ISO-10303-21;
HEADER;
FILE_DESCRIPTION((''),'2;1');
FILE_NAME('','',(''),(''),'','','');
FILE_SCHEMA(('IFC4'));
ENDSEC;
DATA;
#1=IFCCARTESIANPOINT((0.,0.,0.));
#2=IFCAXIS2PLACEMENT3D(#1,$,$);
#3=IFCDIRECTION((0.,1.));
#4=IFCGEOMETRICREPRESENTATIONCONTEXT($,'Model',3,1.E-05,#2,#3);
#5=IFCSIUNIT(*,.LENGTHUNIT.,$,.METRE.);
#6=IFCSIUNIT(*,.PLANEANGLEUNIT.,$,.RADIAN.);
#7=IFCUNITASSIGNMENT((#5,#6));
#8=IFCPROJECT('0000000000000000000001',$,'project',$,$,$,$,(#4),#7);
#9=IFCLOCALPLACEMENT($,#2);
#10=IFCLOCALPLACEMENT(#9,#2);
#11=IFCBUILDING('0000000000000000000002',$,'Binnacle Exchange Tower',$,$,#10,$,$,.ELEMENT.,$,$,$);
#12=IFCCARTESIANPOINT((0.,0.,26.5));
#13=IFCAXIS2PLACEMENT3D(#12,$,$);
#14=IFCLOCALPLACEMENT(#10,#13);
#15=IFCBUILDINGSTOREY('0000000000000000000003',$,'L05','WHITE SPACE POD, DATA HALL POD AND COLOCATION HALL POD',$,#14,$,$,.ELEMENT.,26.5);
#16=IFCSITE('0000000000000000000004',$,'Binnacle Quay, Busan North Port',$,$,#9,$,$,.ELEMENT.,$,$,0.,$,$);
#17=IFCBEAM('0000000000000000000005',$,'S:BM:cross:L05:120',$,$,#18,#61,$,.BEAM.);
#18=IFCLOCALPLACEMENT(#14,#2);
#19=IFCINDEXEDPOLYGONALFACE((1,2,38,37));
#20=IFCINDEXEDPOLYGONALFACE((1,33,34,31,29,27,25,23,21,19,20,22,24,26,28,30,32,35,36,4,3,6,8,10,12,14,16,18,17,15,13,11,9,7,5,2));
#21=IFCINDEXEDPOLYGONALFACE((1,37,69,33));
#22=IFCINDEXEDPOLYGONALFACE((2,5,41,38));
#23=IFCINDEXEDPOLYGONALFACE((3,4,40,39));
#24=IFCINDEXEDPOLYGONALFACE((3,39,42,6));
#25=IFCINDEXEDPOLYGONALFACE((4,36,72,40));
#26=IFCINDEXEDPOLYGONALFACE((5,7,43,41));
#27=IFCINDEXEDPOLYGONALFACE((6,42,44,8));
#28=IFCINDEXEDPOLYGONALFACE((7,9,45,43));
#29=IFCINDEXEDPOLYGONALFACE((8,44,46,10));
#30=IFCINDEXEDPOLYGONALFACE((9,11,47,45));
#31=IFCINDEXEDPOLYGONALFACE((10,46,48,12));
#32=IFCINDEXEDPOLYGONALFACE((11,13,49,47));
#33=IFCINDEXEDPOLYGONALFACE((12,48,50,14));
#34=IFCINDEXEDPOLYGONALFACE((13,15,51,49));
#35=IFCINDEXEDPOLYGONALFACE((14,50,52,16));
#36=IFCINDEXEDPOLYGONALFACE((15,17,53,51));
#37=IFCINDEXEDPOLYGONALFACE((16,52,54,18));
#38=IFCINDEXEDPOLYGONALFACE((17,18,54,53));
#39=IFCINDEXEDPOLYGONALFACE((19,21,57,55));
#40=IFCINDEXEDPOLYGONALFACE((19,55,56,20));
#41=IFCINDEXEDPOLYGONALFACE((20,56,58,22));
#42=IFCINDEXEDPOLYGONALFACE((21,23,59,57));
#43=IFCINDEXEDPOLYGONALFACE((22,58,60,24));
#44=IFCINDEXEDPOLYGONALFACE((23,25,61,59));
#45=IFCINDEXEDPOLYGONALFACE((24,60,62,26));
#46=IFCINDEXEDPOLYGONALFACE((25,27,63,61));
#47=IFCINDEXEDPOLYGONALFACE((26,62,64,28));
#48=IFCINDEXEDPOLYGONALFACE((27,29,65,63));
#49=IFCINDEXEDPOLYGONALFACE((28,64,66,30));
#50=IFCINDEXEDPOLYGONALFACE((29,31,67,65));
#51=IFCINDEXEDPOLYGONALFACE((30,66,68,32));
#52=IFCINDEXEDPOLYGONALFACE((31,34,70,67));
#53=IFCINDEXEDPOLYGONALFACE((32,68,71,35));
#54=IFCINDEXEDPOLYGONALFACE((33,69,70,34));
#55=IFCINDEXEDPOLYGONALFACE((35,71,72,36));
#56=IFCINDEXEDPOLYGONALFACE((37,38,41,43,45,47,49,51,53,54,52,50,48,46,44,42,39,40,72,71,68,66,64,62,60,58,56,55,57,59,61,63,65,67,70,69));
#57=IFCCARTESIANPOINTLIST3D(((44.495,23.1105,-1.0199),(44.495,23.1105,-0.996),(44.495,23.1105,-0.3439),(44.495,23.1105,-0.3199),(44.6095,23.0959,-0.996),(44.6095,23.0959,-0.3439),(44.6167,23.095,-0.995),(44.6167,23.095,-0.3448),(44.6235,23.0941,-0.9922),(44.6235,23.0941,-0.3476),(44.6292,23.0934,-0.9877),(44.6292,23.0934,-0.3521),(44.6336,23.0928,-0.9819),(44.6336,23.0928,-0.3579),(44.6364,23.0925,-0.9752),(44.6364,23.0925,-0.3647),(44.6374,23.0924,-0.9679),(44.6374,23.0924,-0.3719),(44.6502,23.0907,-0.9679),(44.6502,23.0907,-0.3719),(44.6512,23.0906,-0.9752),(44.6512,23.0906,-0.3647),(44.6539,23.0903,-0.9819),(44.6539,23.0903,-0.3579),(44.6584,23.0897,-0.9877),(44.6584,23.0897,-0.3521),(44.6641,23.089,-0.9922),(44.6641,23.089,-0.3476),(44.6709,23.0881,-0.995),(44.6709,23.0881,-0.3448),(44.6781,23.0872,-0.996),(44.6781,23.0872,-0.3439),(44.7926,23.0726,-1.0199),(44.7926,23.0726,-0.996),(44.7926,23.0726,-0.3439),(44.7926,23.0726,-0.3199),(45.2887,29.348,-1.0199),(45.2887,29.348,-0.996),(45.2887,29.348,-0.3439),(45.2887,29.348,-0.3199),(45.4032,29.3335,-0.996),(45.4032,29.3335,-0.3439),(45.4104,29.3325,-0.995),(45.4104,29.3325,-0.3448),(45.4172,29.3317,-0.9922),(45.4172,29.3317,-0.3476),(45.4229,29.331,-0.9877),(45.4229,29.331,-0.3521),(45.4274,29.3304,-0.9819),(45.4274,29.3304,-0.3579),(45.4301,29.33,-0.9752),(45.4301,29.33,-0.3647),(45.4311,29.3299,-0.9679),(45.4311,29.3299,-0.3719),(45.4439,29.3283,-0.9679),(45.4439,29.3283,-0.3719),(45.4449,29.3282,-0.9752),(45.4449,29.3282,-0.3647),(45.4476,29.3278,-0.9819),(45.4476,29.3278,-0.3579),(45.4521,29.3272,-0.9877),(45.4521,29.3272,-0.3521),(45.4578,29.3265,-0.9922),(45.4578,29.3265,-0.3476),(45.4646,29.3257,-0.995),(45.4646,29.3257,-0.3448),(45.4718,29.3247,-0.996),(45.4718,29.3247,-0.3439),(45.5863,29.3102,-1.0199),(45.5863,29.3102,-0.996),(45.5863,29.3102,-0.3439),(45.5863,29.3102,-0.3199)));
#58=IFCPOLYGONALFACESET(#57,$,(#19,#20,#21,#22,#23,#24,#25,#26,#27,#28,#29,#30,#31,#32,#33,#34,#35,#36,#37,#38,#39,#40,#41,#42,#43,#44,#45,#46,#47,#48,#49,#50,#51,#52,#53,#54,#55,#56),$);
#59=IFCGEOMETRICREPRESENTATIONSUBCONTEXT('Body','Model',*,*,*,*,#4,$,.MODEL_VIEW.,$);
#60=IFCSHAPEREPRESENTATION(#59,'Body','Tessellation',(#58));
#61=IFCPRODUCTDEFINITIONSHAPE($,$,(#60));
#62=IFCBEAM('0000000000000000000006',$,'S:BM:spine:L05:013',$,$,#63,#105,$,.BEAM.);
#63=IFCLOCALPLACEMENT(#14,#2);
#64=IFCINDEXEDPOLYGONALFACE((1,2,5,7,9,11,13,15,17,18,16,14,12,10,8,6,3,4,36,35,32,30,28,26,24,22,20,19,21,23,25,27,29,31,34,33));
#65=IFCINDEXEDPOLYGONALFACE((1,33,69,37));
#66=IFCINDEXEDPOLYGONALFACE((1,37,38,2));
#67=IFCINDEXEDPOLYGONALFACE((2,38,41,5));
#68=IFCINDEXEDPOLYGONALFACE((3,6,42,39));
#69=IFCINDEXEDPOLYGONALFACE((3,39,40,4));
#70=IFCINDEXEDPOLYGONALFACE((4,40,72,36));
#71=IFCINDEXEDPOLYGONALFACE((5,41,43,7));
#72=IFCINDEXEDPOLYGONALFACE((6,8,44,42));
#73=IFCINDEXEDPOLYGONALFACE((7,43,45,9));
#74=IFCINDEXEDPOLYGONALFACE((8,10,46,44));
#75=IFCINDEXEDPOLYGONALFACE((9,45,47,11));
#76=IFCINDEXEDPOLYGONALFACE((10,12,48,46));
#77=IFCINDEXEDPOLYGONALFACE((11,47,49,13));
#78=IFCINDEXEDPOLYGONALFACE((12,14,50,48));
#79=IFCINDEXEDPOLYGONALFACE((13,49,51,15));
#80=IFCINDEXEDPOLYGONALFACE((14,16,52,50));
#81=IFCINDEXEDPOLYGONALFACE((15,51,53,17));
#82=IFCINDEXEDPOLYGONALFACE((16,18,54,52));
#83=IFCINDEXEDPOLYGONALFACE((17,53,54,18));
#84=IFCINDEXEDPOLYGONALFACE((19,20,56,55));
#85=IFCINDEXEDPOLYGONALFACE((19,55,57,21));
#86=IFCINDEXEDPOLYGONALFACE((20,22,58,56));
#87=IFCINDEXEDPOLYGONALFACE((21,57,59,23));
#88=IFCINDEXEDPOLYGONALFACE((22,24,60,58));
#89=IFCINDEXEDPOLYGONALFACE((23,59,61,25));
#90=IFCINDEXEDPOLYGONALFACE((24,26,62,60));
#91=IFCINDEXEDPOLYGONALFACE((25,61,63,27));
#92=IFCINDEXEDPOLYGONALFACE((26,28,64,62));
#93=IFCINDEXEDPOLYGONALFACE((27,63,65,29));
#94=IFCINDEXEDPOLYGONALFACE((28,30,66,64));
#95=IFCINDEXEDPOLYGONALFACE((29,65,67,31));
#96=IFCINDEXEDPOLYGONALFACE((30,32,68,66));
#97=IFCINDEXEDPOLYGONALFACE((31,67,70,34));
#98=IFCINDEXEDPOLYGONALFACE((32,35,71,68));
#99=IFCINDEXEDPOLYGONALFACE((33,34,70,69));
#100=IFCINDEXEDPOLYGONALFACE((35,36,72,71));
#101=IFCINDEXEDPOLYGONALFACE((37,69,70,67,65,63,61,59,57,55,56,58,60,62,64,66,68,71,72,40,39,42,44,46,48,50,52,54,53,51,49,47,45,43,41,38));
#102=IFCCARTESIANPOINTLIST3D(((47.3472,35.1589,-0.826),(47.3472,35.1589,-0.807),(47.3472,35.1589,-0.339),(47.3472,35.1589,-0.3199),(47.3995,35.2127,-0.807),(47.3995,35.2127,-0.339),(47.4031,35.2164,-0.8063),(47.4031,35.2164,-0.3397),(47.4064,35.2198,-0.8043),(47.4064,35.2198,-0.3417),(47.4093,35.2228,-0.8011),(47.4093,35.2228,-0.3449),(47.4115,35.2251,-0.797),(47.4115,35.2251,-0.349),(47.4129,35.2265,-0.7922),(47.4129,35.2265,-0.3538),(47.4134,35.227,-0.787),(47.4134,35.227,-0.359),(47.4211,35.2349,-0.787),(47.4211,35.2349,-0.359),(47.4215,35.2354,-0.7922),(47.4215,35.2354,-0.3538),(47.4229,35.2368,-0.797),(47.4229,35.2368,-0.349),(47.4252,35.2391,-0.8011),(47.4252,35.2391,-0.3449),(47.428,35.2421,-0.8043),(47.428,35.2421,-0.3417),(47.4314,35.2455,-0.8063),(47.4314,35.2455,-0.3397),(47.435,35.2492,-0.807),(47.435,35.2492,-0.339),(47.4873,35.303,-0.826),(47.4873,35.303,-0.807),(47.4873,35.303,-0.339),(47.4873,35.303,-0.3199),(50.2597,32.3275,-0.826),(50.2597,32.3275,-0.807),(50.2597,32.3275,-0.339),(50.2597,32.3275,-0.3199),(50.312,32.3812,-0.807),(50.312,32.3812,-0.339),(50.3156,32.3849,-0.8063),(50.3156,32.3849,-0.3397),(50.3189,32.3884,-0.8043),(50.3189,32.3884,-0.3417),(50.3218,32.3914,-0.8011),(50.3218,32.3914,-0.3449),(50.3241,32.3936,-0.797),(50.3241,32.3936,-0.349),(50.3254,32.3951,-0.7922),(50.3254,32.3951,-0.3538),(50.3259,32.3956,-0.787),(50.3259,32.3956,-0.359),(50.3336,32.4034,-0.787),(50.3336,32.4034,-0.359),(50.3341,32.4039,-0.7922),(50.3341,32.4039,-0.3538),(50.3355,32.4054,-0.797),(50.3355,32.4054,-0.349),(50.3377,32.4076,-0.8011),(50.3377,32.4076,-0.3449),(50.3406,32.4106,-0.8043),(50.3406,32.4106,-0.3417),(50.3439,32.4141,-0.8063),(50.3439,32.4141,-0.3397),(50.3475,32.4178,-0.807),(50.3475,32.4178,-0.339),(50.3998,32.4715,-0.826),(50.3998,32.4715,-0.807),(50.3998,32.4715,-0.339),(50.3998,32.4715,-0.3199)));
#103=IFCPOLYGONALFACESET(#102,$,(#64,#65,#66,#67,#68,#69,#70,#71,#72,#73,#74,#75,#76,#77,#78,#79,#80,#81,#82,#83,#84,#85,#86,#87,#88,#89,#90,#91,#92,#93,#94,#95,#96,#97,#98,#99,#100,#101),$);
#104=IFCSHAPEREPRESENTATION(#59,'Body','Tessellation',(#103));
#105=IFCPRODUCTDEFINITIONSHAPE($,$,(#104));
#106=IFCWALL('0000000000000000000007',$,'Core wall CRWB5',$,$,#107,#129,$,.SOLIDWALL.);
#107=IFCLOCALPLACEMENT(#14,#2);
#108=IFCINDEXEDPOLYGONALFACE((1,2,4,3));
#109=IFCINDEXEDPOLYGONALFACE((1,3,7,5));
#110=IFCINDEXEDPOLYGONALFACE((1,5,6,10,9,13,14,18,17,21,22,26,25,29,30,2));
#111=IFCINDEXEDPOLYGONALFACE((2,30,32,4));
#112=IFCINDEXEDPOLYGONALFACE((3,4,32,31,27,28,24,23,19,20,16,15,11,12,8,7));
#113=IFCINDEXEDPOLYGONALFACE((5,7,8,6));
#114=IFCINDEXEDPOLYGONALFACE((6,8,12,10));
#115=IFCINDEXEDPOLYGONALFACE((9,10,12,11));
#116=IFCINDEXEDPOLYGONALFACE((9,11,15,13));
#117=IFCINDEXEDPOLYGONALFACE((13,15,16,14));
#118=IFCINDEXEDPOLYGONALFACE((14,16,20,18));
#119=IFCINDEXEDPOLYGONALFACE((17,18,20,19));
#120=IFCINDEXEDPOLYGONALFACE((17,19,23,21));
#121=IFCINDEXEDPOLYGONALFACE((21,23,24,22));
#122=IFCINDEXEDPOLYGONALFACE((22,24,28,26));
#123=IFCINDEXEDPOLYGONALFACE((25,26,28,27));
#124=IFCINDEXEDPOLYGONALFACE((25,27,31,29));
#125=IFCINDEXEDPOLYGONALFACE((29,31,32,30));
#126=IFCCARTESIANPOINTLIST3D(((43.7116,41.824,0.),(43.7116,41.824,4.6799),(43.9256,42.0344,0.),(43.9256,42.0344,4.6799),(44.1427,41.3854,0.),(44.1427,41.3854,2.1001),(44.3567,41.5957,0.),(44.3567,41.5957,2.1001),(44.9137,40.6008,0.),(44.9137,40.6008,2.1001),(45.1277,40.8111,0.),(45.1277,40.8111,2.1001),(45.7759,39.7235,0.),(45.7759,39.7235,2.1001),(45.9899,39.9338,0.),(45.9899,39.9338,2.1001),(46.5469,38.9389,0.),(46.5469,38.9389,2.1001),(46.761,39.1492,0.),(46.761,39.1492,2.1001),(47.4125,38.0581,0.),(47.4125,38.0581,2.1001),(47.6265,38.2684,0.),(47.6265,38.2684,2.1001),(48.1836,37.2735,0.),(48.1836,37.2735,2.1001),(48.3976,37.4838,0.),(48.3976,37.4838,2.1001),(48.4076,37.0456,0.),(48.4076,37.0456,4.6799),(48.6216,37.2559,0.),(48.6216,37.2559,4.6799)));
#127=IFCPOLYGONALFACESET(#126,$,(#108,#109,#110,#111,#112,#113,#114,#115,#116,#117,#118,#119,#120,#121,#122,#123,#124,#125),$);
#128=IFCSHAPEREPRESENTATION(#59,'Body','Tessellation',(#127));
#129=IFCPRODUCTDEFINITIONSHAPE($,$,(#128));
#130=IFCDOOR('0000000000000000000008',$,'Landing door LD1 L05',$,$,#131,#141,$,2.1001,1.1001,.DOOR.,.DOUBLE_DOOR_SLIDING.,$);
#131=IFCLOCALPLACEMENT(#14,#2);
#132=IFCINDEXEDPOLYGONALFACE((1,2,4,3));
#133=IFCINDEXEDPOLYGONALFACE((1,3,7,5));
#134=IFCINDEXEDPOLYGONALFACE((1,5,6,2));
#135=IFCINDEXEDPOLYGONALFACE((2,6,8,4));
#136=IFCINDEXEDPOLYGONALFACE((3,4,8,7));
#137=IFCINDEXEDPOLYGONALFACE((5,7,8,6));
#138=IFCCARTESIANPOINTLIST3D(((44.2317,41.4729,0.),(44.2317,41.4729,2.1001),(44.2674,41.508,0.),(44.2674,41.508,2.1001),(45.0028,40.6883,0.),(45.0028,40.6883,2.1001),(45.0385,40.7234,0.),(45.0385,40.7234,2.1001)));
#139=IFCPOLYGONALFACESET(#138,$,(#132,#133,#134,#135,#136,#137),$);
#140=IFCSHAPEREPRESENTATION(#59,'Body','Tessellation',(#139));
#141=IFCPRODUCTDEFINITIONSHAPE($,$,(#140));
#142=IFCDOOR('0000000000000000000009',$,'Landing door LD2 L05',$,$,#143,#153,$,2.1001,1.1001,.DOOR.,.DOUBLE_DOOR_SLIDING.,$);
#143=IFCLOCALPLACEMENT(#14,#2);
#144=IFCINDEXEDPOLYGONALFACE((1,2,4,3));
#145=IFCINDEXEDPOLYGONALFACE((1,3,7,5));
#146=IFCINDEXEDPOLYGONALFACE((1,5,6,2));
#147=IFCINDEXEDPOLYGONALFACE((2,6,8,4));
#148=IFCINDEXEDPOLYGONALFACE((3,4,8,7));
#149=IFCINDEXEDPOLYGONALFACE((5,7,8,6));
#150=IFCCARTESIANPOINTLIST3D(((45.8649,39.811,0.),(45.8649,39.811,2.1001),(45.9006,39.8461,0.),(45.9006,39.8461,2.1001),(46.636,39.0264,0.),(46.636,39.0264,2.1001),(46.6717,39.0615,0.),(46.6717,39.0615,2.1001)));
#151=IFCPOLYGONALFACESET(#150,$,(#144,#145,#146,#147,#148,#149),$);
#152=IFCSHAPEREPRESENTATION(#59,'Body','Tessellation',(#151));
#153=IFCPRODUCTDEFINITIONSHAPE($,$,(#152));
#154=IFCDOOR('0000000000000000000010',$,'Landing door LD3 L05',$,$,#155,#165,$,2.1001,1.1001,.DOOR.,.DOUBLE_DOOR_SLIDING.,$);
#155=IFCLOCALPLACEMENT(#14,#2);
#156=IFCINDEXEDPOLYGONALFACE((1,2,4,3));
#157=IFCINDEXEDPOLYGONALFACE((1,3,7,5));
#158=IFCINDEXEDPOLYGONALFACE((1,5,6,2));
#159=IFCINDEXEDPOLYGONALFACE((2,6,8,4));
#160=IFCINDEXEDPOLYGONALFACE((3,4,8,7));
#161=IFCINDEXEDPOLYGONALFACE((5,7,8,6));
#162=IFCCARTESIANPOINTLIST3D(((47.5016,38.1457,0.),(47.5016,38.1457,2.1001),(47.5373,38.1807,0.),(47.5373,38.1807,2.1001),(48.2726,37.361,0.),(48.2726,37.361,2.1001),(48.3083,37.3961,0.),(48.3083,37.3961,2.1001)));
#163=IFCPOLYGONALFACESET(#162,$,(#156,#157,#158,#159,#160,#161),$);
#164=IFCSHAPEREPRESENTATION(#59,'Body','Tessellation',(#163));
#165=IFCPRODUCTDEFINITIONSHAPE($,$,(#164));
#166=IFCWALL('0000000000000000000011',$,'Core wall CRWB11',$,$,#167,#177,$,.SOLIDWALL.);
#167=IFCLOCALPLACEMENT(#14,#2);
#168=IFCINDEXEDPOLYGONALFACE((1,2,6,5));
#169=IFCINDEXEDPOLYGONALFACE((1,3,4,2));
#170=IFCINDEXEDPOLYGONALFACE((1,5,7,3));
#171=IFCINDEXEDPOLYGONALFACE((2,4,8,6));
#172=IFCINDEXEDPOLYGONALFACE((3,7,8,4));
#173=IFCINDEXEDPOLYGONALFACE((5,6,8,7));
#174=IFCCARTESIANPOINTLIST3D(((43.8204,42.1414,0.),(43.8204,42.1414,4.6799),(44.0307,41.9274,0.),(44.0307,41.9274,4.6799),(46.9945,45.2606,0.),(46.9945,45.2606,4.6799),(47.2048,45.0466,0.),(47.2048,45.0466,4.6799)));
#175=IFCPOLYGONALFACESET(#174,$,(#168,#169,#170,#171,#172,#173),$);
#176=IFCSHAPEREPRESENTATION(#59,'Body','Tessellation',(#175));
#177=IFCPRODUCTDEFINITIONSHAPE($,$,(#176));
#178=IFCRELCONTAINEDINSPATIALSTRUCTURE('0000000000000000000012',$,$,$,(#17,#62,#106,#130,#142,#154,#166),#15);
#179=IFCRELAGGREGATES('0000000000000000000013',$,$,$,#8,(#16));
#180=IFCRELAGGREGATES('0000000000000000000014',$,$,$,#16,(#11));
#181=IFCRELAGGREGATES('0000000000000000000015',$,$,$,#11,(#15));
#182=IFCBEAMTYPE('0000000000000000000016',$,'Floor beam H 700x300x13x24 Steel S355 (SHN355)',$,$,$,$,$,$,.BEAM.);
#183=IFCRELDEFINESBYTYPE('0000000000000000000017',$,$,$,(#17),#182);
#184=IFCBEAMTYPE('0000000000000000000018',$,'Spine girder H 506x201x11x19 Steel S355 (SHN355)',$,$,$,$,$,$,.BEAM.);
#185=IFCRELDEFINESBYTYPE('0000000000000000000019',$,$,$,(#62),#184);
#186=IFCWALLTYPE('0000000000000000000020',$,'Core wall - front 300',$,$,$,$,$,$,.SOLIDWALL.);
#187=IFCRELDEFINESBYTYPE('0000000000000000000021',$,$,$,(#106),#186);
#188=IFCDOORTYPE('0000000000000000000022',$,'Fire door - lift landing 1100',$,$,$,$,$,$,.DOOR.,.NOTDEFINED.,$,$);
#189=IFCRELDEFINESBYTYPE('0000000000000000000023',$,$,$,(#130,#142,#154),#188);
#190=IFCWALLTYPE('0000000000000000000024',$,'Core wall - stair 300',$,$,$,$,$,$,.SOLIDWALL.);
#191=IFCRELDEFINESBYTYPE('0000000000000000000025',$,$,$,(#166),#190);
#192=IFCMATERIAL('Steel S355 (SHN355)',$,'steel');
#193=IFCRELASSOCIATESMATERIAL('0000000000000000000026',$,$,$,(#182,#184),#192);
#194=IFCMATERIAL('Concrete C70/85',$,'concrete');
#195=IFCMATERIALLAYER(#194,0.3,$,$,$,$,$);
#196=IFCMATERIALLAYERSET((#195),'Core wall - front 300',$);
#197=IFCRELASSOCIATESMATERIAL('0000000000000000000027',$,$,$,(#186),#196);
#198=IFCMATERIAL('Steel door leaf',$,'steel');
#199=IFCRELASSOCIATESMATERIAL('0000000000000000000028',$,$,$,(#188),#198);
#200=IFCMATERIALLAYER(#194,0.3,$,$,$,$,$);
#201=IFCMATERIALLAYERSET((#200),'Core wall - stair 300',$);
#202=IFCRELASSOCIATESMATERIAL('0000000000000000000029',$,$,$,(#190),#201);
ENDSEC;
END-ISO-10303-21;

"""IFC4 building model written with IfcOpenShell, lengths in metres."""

from ifc_helpers import new_model, si_unit, direction, frame, frame_2d, origin, origin_2d, place, context, subcontext, project, spatial, rectangle, i_section, extrude, material, layer, layer_set, material_profile, profile_set, type_object, element, fill, save


model = new_model("IFC4")

# Units and contexts
model_context = context("Model", 3, precision=1e-05, world=origin(), true_north=direction((0.0, 1.0)))
body_context = subcontext(model_context, "Body", "Model", "MODEL_VIEW")
ifc_project = project(units=[si_unit("LENGTHUNIT", "METRE"), si_unit("PLANEANGLEUNIT", "RADIAN")], contexts=[model_context])

# Site, building, storey
site_placement = place(None, origin())
site = spatial("IfcSite", under=ifc_project, at=site_placement, Name="Binnacle Quay, Busan North Port", CompositionType="ELEMENT", RefElevation=0.0)
building_placement = place(site_placement, origin())
building = spatial("IfcBuilding", under=site, at=building_placement, Name="Binnacle Exchange Tower", CompositionType="ELEMENT")
storey_placement = place(building_placement, frame((0.0, 0.0, 26.5)))
storey = spatial("IfcBuildingStorey", under=building, at=storey_placement, Name="L05", Description="WHITE SPACE POD, DATA HALL POD AND COLOCATION HALL POD", CompositionType="ELEMENT", Elevation=26.5)

# Shared definitions
ifc_material_1 = material(Name="Concrete C70/85", Category="concrete")

# Beams
ifc_material_2 = material(Name="Steel S355 (SHN355)", Category="steel")
ifc_material_profile_1 = material_profile(ifc_material_2, i_section(OverallWidth=0.3, OverallDepth=0.7, WebThickness=0.0129, FlangeThickness=0.0239, FilletRadius=0.0281, at=origin_2d()), Name="H 700x300x13x24")
ifc_profile_set_1 = profile_set([ifc_material_profile_1], Name="Steel S355 (SHN355)")
beam_type_1 = type_object("IfcBeamType", Name="Floor beam H 700x300x13x24 Steel S355 (SHN355)", PredefinedType="BEAM", material=ifc_profile_set_1)
beam_1_placement = place(storey_placement, frame((44.6438, 23.0916, -0.6699), z_axis=(0.126228, 0.992001, 0.0), x_axis=(-0.992001, 0.126228, 0.0)))
element("IfcBeam", 1, at=beam_1_placement, inside=storey, type_object=beam_type_1, Name="S:BM:cross:L05:120", PredefinedType="BEAM", context=body_context, shape_type="SweptSolid", body=[
    extrude(i_section(OverallWidth=0.3, OverallDepth=0.7, WebThickness=0.0129, FlangeThickness=0.0239, FilletRadius=0.0281, at=origin_2d()), origin(), (0.0, 0.0, 1.0), 6.2878),
])
ifc_material_profile_2 = material_profile(ifc_material_2, i_section(OverallWidth=0.2009, OverallDepth=0.5061, WebThickness=0.011, FlangeThickness=0.019, FilletRadius=0.02, at=origin_2d()), Name="H 506x201x11x19")
ifc_profile_set_2 = profile_set([ifc_material_profile_2], Name="Steel S355 (SHN355)")
beam_type_2 = type_object("IfcBeamType", Name="Spine girder H 506x201x11x19 Steel S355 (SHN355)", PredefinedType="BEAM", material=ifc_profile_set_2)
beam_2_placement = place(storey_placement, frame((47.4172, 35.231, -0.573), z_axis=(0.717013, -0.69706, 0.0), x_axis=(0.69706, 0.717013, 0.0)))
element("IfcBeam", 2, at=beam_2_placement, inside=storey, type_object=beam_type_2, Name="S:BM:spine:L05:013", PredefinedType="BEAM", context=body_context, shape_type="SweptSolid", body=[
    extrude(i_section(OverallWidth=0.2009, OverallDepth=0.5061, WebThickness=0.011, FlangeThickness=0.019, FilletRadius=0.02, at=origin_2d()), origin(), (0.0, 0.0, 1.0), 4.062),
])

# Wall, openings, doors
ifc_layer_1 = layer(ifc_material_1, 0.3)
ifc_layer_set_1 = layer_set([ifc_layer_1], Name="Core wall - front 300")
wall_type_1 = type_object("IfcWallType", Name="Core wall - front 300", PredefinedType="SOLIDWALL", material=ifc_layer_set_1)
wall_1_placement = place(storey_placement, frame((43.8186, 41.9292, 0.0), z_axis=(0.0, 0.0, 1.0), x_axis=(0.700922, -0.713238, 0.0)))
wall_1 = element("IfcWall", 3, at=wall_1_placement, inside=storey, type_object=wall_type_1, Name="Core wall CRWB5", PredefinedType="SOLIDWALL", context=body_context, shape_type="SweptSolid", body=[
    extrude(rectangle(XDim=6.6997, YDim=0.3, at=frame_2d((3.3499, 0.0))), origin(), (0.0, 0.0, 1.0), 4.6799),
])
opening_1_placement = place(wall_1_placement, frame((0.615, 0.0, 0.0)))
opening_1 = element("IfcOpeningElement", 4, at=opening_1_placement, cuts=wall_1, PredefinedType="OPENING", context=body_context, shape_type="SweptSolid", body=[
    extrude(rectangle(XDim=1.1001, YDim=2.1001, at=frame_2d((0.55, 1.05))), frame((0.0, 0.1599, 0.0), z_axis=(0.0, -1.0, 0.0), x_axis=(1.0, 0.0, 0.0)), (0.0, 0.0, 1.0), 0.3201),
])
opening_2_placement = place(wall_1_placement, frame((2.9451, 0.0, 0.0)))
opening_2 = element("IfcOpeningElement", 5, at=opening_2_placement, cuts=wall_1, PredefinedType="OPENING", context=body_context, shape_type="SweptSolid", body=[
    extrude(rectangle(XDim=1.1001, YDim=2.1001, at=frame_2d((0.55, 1.05))), frame((0.0, 0.1599, 0.0), z_axis=(0.0, -1.0, 0.0), x_axis=(1.0, 0.0, 0.0)), (0.0, 0.0, 1.0), 0.3201),
])
opening_3_placement = place(wall_1_placement, frame((5.28, 0.0, 0.0)))
opening_3 = element("IfcOpeningElement", 6, at=opening_3_placement, cuts=wall_1, PredefinedType="OPENING", context=body_context, shape_type="SweptSolid", body=[
    extrude(rectangle(XDim=1.1001, YDim=2.1001, at=frame_2d((0.55, 1.05))), frame((0.0, 0.1599, 0.0), z_axis=(0.0, -1.0, 0.0), x_axis=(1.0, 0.0, 0.0)), (0.0, 0.0, 1.0), 0.3201),
])
ifc_material_3 = material(Name="Steel door leaf", Category="steel")
door_type_1 = type_object("IfcDoorType", Name="Fire door - lift landing 1100", OperationType="NOTDEFINED", PredefinedType="DOOR", material=ifc_material_3)
door_1_placement = place(opening_1_placement, origin())
door_1 = element("IfcDoor", 7, at=door_1_placement, inside=storey, type_object=door_type_1, Name="Landing door LD1 L05", OperationType="DOUBLE_DOOR_SLIDING", OverallHeight=2.1001, OverallWidth=1.1001, PredefinedType="DOOR", context=body_context, shape_type="SweptSolid", body=[
    extrude(rectangle(XDim=1.1001, YDim=2.1001, at=frame_2d((0.55, 1.05))), frame((0.0, 0.0249, 0.0), z_axis=(0.0, -1.0, 0.0), x_axis=(1.0, 0.0, 0.0)), (0.0, 0.0, 1.0), 0.05),
])
fill(opening_1, door_1)
door_2_placement = place(opening_2_placement, origin())
door_2 = element("IfcDoor", 8, at=door_2_placement, inside=storey, type_object=door_type_1, Name="Landing door LD2 L05", OperationType="DOUBLE_DOOR_SLIDING", OverallHeight=2.1001, OverallWidth=1.1001, PredefinedType="DOOR", context=body_context, shape_type="SweptSolid", body=[
    extrude(rectangle(XDim=1.1001, YDim=2.1001, at=frame_2d((0.55, 1.05))), frame((0.0, 0.0249, 0.0), z_axis=(0.0, -1.0, 0.0), x_axis=(1.0, 0.0, 0.0)), (0.0, 0.0, 1.0), 0.05),
])
fill(opening_2, door_2)
door_3_placement = place(opening_3_placement, origin())
door_3 = element("IfcDoor", 9, at=door_3_placement, inside=storey, type_object=door_type_1, Name="Landing door LD3 L05", OperationType="DOUBLE_DOOR_SLIDING", OverallHeight=2.1001, OverallWidth=1.1001, PredefinedType="DOOR", context=body_context, shape_type="SweptSolid", body=[
    extrude(rectangle(XDim=1.1001, YDim=2.1001, at=frame_2d((0.55, 1.05))), frame((0.0, 0.0249, 0.0), z_axis=(0.0, -1.0, 0.0), x_axis=(1.0, 0.0, 0.0)), (0.0, 0.0, 1.0), 0.05),
])
fill(opening_3, door_3)

# Wall
ifc_layer_2 = layer(ifc_material_1, 0.3)
ifc_layer_set_2 = layer_set([ifc_layer_2], Name="Core wall - stair 300")
wall_type_2 = type_object("IfcWallType", Name="Core wall - stair 300", PredefinedType="SOLIDWALL", material=ifc_layer_set_2)
wall_2_placement = place(storey_placement, frame((43.9255, 42.0344, 0.0), z_axis=(0.0, 0.0, 1.0), x_axis=(0.713252, 0.700908, 0.0)))
element("IfcWall", 10, at=wall_2_placement, inside=storey, type_object=wall_type_2, Name="Core wall CRWB11", PredefinedType="SOLIDWALL", context=body_context, shape_type="SweptSolid", body=[
    extrude(rectangle(XDim=4.4502, YDim=0.3, at=frame_2d((2.2251, 0.0))), origin(), (0.0, 0.0, 1.0), 4.6799),
])

save(model, "model.ifc")
